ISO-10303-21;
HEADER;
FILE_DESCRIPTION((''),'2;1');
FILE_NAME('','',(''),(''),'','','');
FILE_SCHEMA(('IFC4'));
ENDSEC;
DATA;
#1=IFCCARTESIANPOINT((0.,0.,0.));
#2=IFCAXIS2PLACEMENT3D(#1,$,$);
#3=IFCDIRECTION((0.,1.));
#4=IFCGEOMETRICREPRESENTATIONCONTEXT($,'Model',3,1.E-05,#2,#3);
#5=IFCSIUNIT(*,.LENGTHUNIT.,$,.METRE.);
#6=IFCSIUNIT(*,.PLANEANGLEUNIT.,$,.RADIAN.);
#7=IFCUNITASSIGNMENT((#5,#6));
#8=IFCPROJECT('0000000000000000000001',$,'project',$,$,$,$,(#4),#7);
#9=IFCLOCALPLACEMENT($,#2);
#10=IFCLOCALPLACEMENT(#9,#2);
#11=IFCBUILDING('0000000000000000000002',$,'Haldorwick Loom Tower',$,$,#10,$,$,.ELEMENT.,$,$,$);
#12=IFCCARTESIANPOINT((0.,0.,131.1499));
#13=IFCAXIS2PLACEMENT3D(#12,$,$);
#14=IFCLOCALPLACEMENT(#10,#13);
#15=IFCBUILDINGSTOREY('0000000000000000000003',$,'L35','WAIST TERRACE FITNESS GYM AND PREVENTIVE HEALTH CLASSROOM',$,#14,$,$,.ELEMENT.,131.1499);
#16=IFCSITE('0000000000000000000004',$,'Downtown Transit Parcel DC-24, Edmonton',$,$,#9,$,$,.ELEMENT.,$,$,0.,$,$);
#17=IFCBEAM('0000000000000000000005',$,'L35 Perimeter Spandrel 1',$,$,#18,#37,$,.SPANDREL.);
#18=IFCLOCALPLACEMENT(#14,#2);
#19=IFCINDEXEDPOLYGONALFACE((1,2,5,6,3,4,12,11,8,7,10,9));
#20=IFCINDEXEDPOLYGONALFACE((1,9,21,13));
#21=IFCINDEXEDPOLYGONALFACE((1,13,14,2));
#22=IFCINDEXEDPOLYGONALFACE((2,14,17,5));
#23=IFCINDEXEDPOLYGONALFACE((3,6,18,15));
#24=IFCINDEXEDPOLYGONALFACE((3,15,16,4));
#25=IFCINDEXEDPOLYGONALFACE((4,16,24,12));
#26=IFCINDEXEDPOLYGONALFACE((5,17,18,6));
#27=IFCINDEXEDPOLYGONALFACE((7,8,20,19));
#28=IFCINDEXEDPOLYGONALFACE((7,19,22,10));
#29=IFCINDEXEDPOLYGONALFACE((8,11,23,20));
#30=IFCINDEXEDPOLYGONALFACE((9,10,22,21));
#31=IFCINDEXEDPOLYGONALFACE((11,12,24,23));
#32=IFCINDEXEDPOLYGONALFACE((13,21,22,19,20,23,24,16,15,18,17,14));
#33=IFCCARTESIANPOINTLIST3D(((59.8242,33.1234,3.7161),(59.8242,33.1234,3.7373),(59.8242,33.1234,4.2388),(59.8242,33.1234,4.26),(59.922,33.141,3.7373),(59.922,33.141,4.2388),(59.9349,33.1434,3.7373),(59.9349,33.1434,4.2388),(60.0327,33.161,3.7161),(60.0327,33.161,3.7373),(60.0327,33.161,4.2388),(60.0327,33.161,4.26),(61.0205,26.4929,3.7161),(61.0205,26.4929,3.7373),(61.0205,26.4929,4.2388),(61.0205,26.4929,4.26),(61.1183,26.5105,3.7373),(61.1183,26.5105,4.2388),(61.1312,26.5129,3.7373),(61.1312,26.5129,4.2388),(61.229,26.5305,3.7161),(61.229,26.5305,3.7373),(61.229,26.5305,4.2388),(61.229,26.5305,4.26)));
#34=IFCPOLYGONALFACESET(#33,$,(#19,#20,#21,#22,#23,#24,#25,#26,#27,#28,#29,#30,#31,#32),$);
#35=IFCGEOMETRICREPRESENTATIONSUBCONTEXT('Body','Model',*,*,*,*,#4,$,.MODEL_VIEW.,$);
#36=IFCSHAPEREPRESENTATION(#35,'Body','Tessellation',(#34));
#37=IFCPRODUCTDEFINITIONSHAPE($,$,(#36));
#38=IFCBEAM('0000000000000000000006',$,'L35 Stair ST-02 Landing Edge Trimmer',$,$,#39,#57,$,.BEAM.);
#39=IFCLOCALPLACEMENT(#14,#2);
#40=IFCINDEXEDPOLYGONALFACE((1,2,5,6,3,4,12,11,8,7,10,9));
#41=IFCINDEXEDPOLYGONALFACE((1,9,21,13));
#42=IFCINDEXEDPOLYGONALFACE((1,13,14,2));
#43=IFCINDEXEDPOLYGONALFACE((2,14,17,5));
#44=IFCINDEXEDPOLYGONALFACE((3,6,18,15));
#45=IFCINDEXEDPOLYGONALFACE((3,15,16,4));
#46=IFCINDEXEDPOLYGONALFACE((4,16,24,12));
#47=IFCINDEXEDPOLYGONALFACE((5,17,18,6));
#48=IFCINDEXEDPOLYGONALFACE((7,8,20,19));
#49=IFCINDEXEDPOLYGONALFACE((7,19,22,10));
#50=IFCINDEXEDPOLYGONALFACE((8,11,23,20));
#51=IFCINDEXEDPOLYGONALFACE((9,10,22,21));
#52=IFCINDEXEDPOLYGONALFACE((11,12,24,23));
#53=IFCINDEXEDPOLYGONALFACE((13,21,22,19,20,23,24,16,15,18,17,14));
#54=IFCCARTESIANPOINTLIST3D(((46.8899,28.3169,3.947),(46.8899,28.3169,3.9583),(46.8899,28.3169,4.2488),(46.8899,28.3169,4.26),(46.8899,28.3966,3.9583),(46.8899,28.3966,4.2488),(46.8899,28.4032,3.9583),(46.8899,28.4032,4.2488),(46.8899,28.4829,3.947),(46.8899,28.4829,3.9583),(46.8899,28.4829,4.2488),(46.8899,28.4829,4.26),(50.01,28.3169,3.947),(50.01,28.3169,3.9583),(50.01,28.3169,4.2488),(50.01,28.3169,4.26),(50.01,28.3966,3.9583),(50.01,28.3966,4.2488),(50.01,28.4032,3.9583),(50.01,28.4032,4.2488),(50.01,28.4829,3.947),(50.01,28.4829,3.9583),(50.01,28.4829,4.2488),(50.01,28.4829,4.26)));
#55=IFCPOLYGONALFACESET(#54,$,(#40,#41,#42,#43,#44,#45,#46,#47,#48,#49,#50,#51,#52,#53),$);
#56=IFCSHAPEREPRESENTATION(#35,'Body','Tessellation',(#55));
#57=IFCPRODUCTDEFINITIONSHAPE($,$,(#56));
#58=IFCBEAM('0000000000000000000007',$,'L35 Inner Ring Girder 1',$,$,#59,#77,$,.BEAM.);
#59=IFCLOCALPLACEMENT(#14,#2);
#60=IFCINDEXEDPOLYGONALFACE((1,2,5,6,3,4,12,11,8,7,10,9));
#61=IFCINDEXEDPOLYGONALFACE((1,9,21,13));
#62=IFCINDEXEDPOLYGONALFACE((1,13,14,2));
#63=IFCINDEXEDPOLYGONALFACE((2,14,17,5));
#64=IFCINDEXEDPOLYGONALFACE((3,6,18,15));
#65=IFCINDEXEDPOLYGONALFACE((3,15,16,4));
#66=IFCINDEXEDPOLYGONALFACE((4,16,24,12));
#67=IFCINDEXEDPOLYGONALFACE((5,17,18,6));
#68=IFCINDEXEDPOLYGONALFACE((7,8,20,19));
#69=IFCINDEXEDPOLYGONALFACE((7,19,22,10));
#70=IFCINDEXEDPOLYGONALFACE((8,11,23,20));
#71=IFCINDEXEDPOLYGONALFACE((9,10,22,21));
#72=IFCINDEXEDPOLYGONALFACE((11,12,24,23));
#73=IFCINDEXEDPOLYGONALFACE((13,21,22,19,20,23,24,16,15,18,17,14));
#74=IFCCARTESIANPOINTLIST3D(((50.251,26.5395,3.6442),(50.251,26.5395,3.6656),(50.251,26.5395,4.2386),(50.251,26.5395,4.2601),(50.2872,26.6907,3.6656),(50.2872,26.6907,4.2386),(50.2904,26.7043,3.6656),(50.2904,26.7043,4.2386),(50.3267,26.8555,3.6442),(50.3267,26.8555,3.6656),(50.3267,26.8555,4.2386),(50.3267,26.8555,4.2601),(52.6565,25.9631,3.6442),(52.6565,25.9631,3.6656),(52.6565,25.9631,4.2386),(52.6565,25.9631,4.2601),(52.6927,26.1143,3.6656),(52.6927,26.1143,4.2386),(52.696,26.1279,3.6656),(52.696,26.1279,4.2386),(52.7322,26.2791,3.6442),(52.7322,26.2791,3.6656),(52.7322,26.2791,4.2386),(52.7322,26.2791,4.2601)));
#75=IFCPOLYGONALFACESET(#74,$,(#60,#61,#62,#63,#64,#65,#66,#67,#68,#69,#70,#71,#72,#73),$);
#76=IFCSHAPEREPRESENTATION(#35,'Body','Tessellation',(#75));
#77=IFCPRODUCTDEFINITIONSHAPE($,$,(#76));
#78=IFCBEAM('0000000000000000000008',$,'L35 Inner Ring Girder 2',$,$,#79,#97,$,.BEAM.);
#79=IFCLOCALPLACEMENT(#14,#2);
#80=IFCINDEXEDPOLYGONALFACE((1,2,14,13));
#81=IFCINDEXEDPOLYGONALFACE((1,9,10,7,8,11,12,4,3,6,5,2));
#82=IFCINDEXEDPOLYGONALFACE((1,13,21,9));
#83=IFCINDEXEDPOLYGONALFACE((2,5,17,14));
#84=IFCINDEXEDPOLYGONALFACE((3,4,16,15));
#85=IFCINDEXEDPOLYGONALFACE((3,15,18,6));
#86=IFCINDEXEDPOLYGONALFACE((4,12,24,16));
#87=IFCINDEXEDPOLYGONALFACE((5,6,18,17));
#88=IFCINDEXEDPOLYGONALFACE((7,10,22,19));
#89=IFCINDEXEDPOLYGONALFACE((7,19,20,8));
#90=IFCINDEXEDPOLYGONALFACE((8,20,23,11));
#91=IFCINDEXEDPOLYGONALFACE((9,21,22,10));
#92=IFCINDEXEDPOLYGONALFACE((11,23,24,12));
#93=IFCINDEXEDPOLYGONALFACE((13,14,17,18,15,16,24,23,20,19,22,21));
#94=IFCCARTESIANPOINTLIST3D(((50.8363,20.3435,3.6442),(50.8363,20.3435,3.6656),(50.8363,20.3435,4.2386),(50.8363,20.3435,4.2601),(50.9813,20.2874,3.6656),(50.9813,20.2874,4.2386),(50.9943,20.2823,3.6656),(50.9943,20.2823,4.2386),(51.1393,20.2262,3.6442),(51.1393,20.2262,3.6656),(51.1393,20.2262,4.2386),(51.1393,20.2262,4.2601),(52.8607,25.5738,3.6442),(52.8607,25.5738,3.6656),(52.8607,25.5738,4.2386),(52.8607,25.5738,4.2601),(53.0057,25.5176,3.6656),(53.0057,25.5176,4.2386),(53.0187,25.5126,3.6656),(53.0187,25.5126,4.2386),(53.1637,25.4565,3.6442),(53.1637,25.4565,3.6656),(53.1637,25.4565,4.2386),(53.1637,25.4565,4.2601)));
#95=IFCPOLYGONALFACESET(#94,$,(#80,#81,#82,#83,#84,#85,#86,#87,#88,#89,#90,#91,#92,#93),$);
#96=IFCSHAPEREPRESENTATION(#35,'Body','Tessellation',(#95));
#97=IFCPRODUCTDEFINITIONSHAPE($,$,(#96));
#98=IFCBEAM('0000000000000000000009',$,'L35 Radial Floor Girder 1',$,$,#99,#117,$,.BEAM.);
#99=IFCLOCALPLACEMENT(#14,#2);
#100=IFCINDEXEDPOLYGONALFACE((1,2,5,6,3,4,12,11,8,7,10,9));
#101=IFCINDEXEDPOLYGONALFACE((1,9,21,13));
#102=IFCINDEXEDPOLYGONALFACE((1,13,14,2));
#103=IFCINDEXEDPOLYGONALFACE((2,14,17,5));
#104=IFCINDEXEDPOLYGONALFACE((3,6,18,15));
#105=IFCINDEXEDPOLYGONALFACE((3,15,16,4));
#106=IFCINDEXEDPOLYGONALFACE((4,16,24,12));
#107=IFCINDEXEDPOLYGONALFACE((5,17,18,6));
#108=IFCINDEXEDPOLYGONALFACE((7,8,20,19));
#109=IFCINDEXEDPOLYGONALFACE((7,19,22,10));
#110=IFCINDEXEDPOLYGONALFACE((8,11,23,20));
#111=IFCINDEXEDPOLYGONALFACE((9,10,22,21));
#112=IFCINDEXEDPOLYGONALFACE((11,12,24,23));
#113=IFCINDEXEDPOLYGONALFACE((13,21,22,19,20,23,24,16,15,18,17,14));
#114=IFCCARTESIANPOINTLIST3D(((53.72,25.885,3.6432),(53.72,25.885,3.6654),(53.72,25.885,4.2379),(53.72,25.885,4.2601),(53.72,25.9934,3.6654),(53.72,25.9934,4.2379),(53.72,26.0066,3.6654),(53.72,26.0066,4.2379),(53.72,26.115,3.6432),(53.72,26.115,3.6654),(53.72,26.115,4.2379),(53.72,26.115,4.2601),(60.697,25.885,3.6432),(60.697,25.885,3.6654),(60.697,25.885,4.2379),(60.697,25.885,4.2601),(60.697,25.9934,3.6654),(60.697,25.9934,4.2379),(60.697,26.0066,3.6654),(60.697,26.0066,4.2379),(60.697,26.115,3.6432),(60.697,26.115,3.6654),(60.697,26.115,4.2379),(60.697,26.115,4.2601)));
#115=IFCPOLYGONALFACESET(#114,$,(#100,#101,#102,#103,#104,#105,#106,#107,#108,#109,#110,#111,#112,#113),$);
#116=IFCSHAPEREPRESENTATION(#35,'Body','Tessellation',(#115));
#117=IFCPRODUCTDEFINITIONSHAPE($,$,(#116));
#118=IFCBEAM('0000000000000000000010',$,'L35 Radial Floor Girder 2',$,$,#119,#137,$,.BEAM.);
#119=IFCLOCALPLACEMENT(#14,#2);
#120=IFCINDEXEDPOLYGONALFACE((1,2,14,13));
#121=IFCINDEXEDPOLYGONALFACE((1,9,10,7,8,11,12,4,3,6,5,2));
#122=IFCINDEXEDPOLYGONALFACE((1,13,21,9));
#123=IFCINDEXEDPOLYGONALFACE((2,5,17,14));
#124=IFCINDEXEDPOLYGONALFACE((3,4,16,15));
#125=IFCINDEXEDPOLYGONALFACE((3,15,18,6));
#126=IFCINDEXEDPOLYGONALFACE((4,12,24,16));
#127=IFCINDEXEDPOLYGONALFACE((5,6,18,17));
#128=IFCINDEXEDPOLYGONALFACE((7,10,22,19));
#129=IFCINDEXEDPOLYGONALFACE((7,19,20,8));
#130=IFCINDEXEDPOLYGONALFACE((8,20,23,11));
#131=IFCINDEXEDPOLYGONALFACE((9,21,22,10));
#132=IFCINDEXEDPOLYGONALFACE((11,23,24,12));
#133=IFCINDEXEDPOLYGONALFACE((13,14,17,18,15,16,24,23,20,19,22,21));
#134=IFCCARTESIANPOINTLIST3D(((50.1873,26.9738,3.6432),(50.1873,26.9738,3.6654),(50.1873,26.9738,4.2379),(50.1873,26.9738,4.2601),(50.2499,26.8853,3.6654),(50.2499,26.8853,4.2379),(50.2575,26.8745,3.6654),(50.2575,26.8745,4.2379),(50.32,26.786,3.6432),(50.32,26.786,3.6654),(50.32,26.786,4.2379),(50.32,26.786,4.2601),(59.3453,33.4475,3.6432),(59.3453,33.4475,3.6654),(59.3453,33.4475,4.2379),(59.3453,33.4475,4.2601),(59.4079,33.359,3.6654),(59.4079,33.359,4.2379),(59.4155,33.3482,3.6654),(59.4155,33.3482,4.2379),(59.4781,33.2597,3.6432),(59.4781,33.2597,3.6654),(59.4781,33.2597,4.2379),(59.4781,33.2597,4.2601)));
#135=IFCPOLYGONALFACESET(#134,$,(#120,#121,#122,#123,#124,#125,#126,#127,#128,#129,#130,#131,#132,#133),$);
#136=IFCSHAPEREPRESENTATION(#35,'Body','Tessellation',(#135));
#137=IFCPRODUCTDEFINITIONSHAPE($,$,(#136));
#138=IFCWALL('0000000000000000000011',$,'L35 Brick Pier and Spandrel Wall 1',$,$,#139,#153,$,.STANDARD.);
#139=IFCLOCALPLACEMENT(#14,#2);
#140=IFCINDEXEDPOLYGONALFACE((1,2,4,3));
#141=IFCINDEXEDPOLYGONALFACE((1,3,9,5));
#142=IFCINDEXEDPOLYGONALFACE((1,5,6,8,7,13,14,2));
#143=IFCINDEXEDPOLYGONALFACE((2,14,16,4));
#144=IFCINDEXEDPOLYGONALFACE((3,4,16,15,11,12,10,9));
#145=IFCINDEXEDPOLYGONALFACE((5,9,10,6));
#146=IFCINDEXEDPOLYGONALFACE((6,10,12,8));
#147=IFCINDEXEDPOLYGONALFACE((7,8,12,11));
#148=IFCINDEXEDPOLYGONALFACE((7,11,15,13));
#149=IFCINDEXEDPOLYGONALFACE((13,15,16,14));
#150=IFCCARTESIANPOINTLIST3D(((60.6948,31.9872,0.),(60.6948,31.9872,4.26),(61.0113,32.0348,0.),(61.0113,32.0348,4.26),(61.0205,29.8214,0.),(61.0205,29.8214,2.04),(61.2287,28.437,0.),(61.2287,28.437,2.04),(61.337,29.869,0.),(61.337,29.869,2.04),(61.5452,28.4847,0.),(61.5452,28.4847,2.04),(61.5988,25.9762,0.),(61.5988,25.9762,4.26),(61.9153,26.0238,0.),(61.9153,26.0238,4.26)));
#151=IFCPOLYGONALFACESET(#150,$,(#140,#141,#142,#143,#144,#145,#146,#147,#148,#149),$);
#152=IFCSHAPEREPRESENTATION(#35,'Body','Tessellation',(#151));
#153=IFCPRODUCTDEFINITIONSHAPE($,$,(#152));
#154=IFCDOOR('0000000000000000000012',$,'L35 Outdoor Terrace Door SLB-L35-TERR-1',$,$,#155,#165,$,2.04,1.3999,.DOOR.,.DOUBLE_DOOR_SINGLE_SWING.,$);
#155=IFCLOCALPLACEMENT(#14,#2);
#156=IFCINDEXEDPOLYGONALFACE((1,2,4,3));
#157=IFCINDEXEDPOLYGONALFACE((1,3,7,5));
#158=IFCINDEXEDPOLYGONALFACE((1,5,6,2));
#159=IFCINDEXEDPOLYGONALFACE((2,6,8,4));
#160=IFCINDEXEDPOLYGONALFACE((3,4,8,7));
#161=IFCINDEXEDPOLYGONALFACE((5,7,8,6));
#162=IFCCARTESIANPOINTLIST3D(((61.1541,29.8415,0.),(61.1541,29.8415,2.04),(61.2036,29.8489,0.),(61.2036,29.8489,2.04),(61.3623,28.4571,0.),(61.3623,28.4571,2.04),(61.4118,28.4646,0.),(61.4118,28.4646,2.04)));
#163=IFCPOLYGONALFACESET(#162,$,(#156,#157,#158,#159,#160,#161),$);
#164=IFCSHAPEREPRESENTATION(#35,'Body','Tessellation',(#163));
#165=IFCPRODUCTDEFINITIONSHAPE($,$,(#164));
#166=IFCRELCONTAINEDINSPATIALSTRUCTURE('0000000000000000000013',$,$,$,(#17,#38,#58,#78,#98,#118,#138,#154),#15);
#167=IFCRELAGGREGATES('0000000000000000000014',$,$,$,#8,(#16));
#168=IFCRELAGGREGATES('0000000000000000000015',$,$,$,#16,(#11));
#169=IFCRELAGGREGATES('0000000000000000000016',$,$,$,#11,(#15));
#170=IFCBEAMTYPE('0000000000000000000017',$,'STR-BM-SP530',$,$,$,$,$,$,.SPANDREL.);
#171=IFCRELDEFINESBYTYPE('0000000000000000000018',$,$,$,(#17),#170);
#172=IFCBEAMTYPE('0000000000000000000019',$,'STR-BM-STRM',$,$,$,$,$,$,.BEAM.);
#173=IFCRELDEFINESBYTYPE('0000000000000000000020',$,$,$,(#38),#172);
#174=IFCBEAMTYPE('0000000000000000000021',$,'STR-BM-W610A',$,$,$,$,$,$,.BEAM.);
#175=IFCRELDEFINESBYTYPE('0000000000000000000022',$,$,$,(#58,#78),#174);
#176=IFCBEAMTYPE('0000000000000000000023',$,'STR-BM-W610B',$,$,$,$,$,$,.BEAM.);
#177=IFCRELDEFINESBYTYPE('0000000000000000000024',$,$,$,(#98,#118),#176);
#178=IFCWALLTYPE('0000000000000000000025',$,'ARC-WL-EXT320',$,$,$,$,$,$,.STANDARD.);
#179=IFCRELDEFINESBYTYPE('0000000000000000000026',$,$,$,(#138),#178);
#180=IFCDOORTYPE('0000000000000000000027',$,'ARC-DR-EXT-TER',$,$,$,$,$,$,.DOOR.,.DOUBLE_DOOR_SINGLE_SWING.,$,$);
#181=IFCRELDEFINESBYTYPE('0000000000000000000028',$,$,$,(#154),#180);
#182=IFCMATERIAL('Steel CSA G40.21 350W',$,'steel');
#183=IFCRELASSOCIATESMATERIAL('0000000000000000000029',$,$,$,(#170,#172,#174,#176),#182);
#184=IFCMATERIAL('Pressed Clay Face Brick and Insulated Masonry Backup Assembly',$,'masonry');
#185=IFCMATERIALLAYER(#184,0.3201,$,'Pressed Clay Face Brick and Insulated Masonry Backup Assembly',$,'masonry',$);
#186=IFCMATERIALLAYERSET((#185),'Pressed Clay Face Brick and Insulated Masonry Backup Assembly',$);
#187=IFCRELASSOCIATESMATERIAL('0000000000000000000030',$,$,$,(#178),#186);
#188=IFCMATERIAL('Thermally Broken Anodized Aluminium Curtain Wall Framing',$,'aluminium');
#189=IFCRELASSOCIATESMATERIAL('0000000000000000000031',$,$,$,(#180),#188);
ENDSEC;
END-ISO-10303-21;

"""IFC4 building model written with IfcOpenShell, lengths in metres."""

from ifc_helpers import new_model, si_unit, direction, frame, frame_2d, origin, origin_2d, place, context, subcontext, project, spatial, rectangle, i_section, extrude, material, layer, layer_set, material_profile, profile_set, type_object, element, fill, save


model = new_model("IFC4")

# Units and contexts
model_context = context("Model", 3, precision=1e-05, world=origin(), true_north=direction((0.0, 1.0)))
body_context = subcontext(model_context, "Body", "Model", "MODEL_VIEW")
ifc_project = project(units=[si_unit("LENGTHUNIT", "METRE"), si_unit("PLANEANGLEUNIT", "RADIAN")], contexts=[model_context])

# Site, building, storey
site_placement = place(None, origin())
site = spatial("IfcSite", under=ifc_project, at=site_placement, Name="Downtown Transit Parcel DC-24, Edmonton", CompositionType="ELEMENT", RefElevation=0.0)
building_placement = place(site_placement, origin())
building = spatial("IfcBuilding", under=site, at=building_placement, Name="Haldorwick Loom Tower", CompositionType="ELEMENT")
storey_placement = place(building_placement, frame((0.0, 0.0, 131.1499)))
storey = spatial("IfcBuildingStorey", under=building, at=storey_placement, Name="L35", Description="WAIST TERRACE FITNESS GYM AND PREVENTIVE HEALTH CLASSROOM", CompositionType="ELEMENT", Elevation=131.1499)

# Beams
ifc_material_1 = material(Name="Steel CSA G40.21 350W", Category="steel")
ifc_material_profile_1 = material_profile(ifc_material_1, i_section(OverallWidth=0.2119, OverallDepth=0.5439, WebThickness=0.0132, FlangeThickness=0.0212, at=origin_2d()), Name="W530X123", Category="steel")
ifc_profile_set_1 = profile_set([ifc_material_profile_1], Name="Steel CSA G40.21 350W")
beam_type_1 = type_object("IfcBeamType", Name="STR-BM-SP530", PredefinedType="SPANDREL", material=ifc_profile_set_1)
beam_1_placement = place(storey_placement, frame((61.1248, 26.5117, 3.988), z_axis=(-0.177559, 0.98411, 0.0), x_axis=(-0.98411, -0.177559, 0.0)))
element("IfcBeam", 1, at=beam_1_placement, inside=storey, type_object=beam_type_1, Name="L35 Perimeter Spandrel 1", PredefinedType="SPANDREL", context=body_context, shape_type="SweptSolid", body=[
    extrude(i_section(OverallWidth=0.2119, OverallDepth=0.5439, WebThickness=0.0132, FlangeThickness=0.0212, at=origin_2d()), origin(), (0.0, 0.0, 1.0), 6.7375),
])
ifc_material_profile_2 = material_profile(ifc_material_1, i_section(OverallWidth=0.166, OverallDepth=0.313, WebThickness=0.0066, FlangeThickness=0.0112, at=origin_2d()), Name="W310X45", Category="steel")
ifc_profile_set_2 = profile_set([ifc_material_profile_2], Name="Steel CSA G40.21 350W")
beam_type_2 = type_object("IfcBeamType", Name="STR-BM-STRM", PredefinedType="BEAM", material=ifc_profile_set_2)
beam_2_placement = place(storey_placement, frame((46.8899, 28.3999, 4.1035), z_axis=(1.0, 0.0, 0.0), x_axis=(0.0, 1.0, 0.0)))
element("IfcBeam", 2, at=beam_2_placement, inside=storey, type_object=beam_type_2, Name="L35 Stair ST-02 Landing Edge Trimmer", PredefinedType="BEAM", context=body_context, shape_type="SweptSolid", body=[
    extrude(i_section(OverallWidth=0.166, OverallDepth=0.313, WebThickness=0.0066, FlangeThickness=0.0112, at=origin_2d()), origin(), (0.0, 0.0, 1.0), 3.1201),
])
ifc_material_profile_3 = material_profile(ifc_material_1, i_section(OverallWidth=0.325, OverallDepth=0.616, WebThickness=0.0139, FlangeThickness=0.0215, at=origin_2d()), Name="W610X174", Category="steel")
ifc_profile_set_3 = profile_set([ifc_material_profile_3], Name="Steel CSA G40.21 350W")
beam_type_3 = type_object("IfcBeamType", Name="STR-BM-W610A", PredefinedType="BEAM", material=ifc_profile_set_3)
beam_3_placement = place(storey_placement, frame((50.2888, 26.6975, 3.9521), z_axis=(0.972471, -0.233026, 0.0), x_axis=(0.233026, 0.972471, 0.0)))
element("IfcBeam", 3, at=beam_3_placement, inside=storey, type_object=beam_type_3, Name="L35 Inner Ring Girder 1", PredefinedType="BEAM", context=body_context, shape_type="SweptSolid", body=[
    extrude(i_section(OverallWidth=0.325, OverallDepth=0.616, WebThickness=0.0139, FlangeThickness=0.0215, at=origin_2d()), origin(), (0.0, 0.0, 1.0), 2.4736),
])
beam_4_placement = place(storey_placement, frame((53.0122, 25.5151, 3.9521), z_axis=(-0.360965, -0.932579, 0.0), x_axis=(0.932579, -0.360965, 0.0)))
element("IfcBeam", 4, at=beam_4_placement, inside=storey, type_object=beam_type_3, Name="L35 Inner Ring Girder 2", PredefinedType="BEAM", context=body_context, shape_type="SweptSolid", body=[
    extrude(i_section(OverallWidth=0.325, OverallDepth=0.616, WebThickness=0.0139, FlangeThickness=0.0215, at=origin_2d()), origin(), (0.0, 0.0, 1.0), 5.6084),
])
ifc_material_profile_4 = material_profile(ifc_material_1, i_section(OverallWidth=0.23, OverallDepth=0.6169, WebThickness=0.0132, FlangeThickness=0.0222, at=origin_2d()), Name="W610X140", Category="steel")
ifc_profile_set_4 = profile_set([ifc_material_profile_4], Name="Steel CSA G40.21 350W")
beam_type_4 = type_object("IfcBeamType", Name="STR-BM-W610B", PredefinedType="BEAM", material=ifc_profile_set_4)
beam_5_placement = place(storey_placement, frame((53.72, 26.0, 3.9517), z_axis=(1.0, 0.0, 0.0), x_axis=(0.0, 1.0, 0.0)))
element("IfcBeam", 5, at=beam_5_placement, inside=storey, type_object=beam_type_4, Name="L35 Radial Floor Girder 1", PredefinedType="BEAM", context=body_context, shape_type="SweptSolid", body=[
    extrude(i_section(OverallWidth=0.23, OverallDepth=0.6169, WebThickness=0.0132, FlangeThickness=0.0222, at=origin_2d()), origin(), (0.0, 0.0, 1.0), 6.9771),
])
beam_6_placement = place(storey_placement, frame((50.2537, 26.8799, 3.9517), z_axis=(0.816582, 0.57723, 0.0), x_axis=(-0.57723, 0.816582, 0.0)))
element("IfcBeam", 6, at=beam_6_placement, inside=storey, type_object=beam_type_4, Name="L35 Radial Floor Girder 2", PredefinedType="BEAM", context=body_context, shape_type="SweptSolid", body=[
    extrude(i_section(OverallWidth=0.23, OverallDepth=0.6169, WebThickness=0.0132, FlangeThickness=0.0222, at=origin_2d()), origin(), (0.0, 0.0, 1.0), 11.2151),
])

# Wall, opening, door
ifc_material_2 = material(Name="Pressed Clay Face Brick and Insulated Masonry Backup Assembly", Category="masonry")
ifc_layer_1 = layer(ifc_material_2, 0.3201, Name="Pressed Clay Face Brick and Insulated Masonry Backup Assembly", Category="masonry")
ifc_layer_set_1 = layer_set([ifc_layer_1], Name="Pressed Clay Face Brick and Insulated Masonry Backup Assembly")
wall_type_1 = type_object("IfcWallType", Name="ARC-WL-EXT320", PredefinedType="STANDARD", material=ifc_layer_set_1)
wall_1_placement = place(storey_placement, frame((61.7571, 26.0, 0.0), z_axis=(0.0, 0.0, 1.0), x_axis=(-0.148727, 0.988878, 0.0)))
wall_1 = element("IfcWall", 7, at=wall_1_placement, inside=storey, type_object=wall_type_1, Name="L35 Brick Pier and Spandrel Wall 1", PredefinedType="STANDARD", context=body_context, shape_type="SweptSolid", body=[
    extrude(rectangle(XDim=6.0786, YDim=0.3201, at=frame_2d((3.0393, 0.0))), origin(), (0.0, 0.0, 1.0), 4.26),
])
opening_placement = place(wall_1_placement, frame((2.4885, 0.0, 0.0)))
opening = element("IfcOpeningElement", 8, at=opening_placement, cuts=wall_1, PredefinedType="OPENING", context=body_context, shape_type="SweptSolid", body=[
    extrude(rectangle(XDim=1.3999, YDim=2.04, at=frame_2d((0.7, 1.02))), frame((0.0, 0.1699, 0.0), z_axis=(0.0, -1.0, 0.0), x_axis=(1.0, 0.0, 0.0)), (0.0, 0.0, 1.0), 0.3401),
])
ifc_material_3 = material(Name="Thermally Broken Anodized Aluminium Curtain Wall Framing", Category="aluminium")
door_type = type_object("IfcDoorType", Name="ARC-DR-EXT-TER", OperationType="DOUBLE_DOOR_SINGLE_SWING", PredefinedType="DOOR", material=ifc_material_3)
door_placement = place(opening_placement, origin())
door = element("IfcDoor", 9, at=door_placement, inside=storey, type_object=door_type, Name="L35 Outdoor Terrace Door SLB-L35-TERR-1", OperationType="DOUBLE_DOOR_SINGLE_SWING", OverallHeight=2.04, OverallWidth=1.3999, PredefinedType="DOOR", context=body_context, shape_type="SweptSolid", body=[
    extrude(rectangle(XDim=1.3999, YDim=2.04, at=frame_2d((0.7, 1.02))), frame((0.0, 0.0249, 0.0), z_axis=(0.0, -1.0, 0.0), x_axis=(1.0, 0.0, 0.0)), (0.0, 0.0, 1.0), 0.05),
])
fill(opening, door)

save(model, "model.ifc")
